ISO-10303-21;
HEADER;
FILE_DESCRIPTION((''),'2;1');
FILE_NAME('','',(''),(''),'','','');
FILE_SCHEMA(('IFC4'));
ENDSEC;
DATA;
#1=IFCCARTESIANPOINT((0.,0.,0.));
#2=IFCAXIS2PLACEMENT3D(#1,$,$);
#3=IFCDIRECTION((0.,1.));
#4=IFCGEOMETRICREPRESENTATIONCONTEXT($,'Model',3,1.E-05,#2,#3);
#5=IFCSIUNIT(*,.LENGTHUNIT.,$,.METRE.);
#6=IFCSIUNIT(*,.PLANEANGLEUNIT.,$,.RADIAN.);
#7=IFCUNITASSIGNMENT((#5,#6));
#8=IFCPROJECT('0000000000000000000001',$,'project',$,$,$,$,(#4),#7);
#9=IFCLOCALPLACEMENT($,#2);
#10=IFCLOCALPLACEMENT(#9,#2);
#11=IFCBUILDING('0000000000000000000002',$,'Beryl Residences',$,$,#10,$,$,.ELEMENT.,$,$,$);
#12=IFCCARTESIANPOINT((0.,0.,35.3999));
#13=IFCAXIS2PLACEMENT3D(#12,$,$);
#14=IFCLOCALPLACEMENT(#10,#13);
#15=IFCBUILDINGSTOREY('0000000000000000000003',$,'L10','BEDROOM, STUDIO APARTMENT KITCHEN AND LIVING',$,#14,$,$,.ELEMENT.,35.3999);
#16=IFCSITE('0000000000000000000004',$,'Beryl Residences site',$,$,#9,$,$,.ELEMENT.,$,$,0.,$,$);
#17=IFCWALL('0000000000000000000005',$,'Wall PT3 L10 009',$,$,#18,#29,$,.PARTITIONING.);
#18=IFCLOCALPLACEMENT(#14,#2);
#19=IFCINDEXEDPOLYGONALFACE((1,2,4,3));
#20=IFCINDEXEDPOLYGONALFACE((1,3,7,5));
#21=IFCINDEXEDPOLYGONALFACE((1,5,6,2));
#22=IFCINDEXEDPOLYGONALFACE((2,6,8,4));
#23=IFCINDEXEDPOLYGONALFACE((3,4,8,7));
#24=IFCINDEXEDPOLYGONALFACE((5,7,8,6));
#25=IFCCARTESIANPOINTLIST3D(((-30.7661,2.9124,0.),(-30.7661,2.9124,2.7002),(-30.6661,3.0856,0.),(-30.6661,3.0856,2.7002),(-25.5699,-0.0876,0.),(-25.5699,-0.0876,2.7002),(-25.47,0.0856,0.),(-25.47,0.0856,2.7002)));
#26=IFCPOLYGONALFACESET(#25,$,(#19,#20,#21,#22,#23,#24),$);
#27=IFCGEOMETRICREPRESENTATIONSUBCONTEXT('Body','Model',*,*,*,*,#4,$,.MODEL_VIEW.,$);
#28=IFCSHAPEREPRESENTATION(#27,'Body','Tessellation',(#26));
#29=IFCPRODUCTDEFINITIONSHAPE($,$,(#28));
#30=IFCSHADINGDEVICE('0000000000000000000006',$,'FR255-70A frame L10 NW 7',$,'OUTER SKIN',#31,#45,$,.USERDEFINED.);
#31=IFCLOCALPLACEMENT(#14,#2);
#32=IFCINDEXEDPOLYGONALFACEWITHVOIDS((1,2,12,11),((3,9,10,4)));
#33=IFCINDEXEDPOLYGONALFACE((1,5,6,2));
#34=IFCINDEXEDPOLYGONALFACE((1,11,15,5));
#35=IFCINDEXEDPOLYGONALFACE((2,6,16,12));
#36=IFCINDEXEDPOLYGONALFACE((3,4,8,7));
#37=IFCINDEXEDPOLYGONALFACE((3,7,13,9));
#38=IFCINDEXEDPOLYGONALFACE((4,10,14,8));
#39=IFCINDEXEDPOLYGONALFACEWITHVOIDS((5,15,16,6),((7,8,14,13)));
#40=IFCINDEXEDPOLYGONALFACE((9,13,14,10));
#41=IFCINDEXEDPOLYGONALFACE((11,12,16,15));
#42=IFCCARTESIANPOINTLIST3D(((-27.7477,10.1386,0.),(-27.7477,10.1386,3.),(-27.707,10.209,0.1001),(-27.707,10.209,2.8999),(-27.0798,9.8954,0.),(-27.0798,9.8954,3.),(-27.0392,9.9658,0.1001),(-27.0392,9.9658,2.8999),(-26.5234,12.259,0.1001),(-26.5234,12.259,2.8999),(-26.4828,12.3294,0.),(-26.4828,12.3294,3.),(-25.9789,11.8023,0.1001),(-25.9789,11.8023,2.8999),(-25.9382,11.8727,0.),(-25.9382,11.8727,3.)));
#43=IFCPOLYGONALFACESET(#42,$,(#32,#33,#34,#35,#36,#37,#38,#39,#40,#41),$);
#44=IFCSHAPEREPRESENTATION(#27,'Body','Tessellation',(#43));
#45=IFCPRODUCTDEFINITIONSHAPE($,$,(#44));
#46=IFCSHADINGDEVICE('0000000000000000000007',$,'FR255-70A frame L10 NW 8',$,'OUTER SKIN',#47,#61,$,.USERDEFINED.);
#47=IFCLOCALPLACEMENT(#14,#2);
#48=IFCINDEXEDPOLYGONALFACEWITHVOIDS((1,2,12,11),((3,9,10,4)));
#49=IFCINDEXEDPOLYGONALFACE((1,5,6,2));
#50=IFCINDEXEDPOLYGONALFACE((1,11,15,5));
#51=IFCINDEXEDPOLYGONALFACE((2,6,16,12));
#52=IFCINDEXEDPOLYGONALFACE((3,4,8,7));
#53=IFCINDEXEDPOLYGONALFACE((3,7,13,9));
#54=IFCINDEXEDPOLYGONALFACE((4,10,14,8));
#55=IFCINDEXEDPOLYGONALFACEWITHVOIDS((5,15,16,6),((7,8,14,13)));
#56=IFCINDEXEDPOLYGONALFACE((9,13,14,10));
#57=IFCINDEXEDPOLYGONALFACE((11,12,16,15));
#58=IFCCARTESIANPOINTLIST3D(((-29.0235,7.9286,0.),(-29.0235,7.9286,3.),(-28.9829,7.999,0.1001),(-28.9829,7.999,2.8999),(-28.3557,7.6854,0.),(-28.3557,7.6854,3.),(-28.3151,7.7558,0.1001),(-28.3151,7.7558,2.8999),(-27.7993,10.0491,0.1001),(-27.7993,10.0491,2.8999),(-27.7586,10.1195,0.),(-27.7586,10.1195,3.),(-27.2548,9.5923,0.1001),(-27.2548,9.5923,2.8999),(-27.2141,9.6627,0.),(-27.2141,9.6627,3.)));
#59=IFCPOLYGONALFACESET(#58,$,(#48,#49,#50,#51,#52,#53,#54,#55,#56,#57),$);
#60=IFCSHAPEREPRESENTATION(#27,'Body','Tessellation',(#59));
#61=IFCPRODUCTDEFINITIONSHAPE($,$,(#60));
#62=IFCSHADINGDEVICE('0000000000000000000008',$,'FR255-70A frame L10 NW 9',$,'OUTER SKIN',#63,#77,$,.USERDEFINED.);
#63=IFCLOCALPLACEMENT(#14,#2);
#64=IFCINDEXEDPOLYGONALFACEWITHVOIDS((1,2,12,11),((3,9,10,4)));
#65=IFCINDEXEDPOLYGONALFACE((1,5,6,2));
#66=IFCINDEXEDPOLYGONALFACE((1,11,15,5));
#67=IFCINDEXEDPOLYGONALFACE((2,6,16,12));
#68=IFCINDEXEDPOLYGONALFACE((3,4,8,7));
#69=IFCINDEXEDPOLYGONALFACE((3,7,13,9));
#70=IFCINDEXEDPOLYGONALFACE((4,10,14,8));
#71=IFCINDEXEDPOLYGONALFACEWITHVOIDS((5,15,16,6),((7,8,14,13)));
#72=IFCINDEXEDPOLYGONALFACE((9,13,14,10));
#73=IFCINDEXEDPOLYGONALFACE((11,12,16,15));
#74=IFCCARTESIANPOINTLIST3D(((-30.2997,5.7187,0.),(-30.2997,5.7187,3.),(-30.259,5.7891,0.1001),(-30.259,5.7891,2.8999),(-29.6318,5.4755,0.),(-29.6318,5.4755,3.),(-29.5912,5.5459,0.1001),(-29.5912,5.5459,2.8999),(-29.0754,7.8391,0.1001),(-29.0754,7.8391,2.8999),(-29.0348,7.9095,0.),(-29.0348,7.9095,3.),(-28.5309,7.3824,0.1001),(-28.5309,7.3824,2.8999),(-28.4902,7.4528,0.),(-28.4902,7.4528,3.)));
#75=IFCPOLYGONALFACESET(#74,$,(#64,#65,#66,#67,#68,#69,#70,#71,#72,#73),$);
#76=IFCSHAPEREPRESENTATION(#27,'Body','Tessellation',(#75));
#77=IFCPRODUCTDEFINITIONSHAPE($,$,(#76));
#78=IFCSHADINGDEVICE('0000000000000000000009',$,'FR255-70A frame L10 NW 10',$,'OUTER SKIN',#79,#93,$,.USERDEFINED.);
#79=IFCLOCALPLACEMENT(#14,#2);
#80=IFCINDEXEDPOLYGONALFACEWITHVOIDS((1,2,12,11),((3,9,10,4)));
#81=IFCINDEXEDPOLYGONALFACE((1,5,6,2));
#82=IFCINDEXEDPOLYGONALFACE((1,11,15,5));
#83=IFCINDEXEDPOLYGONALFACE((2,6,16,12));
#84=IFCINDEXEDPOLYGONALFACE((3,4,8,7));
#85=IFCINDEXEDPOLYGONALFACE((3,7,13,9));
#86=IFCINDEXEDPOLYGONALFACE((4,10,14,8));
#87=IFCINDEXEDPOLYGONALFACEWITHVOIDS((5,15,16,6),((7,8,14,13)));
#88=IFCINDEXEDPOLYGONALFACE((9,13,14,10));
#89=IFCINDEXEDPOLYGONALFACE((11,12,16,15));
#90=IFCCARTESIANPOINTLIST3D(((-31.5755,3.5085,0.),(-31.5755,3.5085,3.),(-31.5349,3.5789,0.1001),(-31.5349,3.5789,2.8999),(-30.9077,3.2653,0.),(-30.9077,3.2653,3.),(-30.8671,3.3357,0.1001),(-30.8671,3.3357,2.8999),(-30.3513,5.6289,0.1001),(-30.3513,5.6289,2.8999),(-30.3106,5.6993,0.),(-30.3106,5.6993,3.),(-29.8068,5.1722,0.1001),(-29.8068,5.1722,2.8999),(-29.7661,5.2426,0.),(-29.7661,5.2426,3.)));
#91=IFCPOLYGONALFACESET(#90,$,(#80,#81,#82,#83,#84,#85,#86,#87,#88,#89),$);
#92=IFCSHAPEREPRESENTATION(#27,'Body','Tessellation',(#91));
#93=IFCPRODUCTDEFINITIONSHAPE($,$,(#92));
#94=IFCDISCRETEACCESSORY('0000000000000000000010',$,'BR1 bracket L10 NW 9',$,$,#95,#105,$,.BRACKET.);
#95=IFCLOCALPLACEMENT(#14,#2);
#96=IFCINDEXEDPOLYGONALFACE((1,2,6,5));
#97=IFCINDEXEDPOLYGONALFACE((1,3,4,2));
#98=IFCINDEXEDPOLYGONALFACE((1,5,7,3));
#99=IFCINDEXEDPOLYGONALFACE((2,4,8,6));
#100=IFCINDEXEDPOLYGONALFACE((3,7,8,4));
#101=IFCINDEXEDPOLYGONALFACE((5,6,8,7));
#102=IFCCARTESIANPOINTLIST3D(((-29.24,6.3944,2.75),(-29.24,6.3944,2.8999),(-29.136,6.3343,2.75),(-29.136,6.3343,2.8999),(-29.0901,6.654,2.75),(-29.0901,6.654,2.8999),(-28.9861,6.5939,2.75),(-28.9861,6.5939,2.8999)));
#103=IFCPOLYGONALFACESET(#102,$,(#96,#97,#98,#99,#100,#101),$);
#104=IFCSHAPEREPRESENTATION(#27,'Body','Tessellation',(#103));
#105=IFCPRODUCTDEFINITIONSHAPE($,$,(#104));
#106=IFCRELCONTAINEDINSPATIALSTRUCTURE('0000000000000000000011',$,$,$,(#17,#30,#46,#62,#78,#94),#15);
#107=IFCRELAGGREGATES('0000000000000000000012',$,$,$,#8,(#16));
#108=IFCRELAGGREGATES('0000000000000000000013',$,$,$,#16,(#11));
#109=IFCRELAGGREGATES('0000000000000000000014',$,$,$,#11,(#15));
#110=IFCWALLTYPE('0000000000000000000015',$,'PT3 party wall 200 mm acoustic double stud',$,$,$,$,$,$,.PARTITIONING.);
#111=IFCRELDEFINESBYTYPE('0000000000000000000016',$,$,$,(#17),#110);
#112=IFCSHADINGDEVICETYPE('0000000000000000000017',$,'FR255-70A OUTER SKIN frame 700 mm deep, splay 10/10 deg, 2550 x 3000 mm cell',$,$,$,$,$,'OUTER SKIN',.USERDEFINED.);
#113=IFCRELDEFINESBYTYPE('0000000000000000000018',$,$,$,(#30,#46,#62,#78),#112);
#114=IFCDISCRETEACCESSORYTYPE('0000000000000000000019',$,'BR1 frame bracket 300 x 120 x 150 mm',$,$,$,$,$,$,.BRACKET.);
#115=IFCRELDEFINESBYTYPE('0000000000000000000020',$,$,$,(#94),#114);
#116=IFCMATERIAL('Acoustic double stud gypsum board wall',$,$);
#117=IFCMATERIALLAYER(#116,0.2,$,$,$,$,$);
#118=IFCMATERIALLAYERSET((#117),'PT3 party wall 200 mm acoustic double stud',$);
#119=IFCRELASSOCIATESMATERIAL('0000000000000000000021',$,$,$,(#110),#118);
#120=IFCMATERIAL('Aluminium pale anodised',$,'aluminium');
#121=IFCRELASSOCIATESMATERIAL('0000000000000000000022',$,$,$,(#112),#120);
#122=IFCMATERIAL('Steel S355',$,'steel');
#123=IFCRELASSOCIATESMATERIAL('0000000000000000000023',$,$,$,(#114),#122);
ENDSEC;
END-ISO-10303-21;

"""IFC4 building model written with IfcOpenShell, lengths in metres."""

from ifc_helpers import new_model, entity, si_unit, direction, frame, frame_2d, origin, place, context, subcontext, project, spatial, polyline, rectangle, outline, extrude, source, transform, mapped, material, layer, layer_set, type_object, type_shapes, element, save


model = new_model("IFC4")

# Units and contexts
model_context = context("Model", 3, precision=1e-05, world=origin(), true_north=direction((0.0, 1.0)))
body_context = subcontext(model_context, "Body", "Model", "MODEL_VIEW")
ifc_project = project(units=[si_unit("LENGTHUNIT", "METRE"), si_unit("PLANEANGLEUNIT", "RADIAN")], contexts=[model_context])

# Site, building, storey
site_placement = place(None, origin())
site = spatial("IfcSite", under=ifc_project, at=site_placement, Name="Beryl Residences site", CompositionType="ELEMENT", RefElevation=0.0)
building_placement = place(site_placement, origin())
building = spatial("IfcBuilding", under=site, at=building_placement, Name="Beryl Residences", CompositionType="ELEMENT")
storey_placement = place(building_placement, frame((0.0, 0.0, 35.3999)))
storey = spatial("IfcBuildingStorey", under=building, at=storey_placement, Name="L10", Description="BEDROOM, STUDIO APARTMENT KITCHEN AND LIVING", CompositionType="ELEMENT", Elevation=35.3999)

# Wall
ifc_material_1 = material(Name="Acoustic double stud gypsum board wall")
ifc_layer_1 = layer(ifc_material_1, 0.2)
ifc_layer_set_1 = layer_set([ifc_layer_1], Name="PT3 party wall 200 mm acoustic double stud")
wall_type_1 = type_object("IfcWallType", Name="PT3 party wall 200 mm acoustic double stud", PredefinedType="PARTITIONING", material=ifc_layer_set_1)
wall_1_placement = place(storey_placement, frame((-30.7161, 2.999, 0.0), z_axis=(0.0, 0.0, 1.0), x_axis=(0.866021, -0.500008, 0.0)))
element("IfcWall", 1, at=wall_1_placement, inside=storey, type_object=wall_type_1, Name="Wall PT3 L10 009", PredefinedType="PARTITIONING", context=body_context, shape_type="SweptSolid", body=[
    extrude(rectangle(XDim=6.0, YDim=0.2, at=frame_2d((3.0, 0.0))), origin(), (0.0, 0.0, 1.0), 2.7002),
])

# Shading devices
ifc_material_2 = material(Name="Aluminium pale anodised", Category="aluminium")
shading_device_type = type_object("IfcShadingDeviceType", Name="FR255-70A OUTER SKIN frame 700 mm deep, splay 10/10 deg, 2550 x 3000 mm cell", ElementType="OUTER SKIN", PredefinedType="USERDEFINED", material=ifc_material_2)
cartesian_point_1 = entity("IfcCartesianPoint", [-1.1416, 0.0])
cartesian_point_2 = entity("IfcCartesianPoint", [-1.0603, 0.1001])
cartesian_point_3 = entity("IfcCartesianPoint", [-1.2649, 0.0])
cartesian_point_4 = entity("IfcCartesianPoint", [-1.1836, 0.1001])
shared_shape_1 = source(origin(), body_context, "Body", "SweptSolid", [
    entity("IfcExtrudedAreaSolidTapered", entity("IfcArbitraryProfileDefWithVoids", "AREA", None, entity("IfcPolyline", [cartesian_point_1, entity("IfcCartesianPoint", [1.1416, 0.0]), entity("IfcCartesianPoint", [1.1416, 3.0]), entity("IfcCartesianPoint", [-1.1416, 3.0]), cartesian_point_1]), [entity("IfcPolyline", [cartesian_point_2, entity("IfcCartesianPoint", [1.0603, 0.1001]), entity("IfcCartesianPoint", [1.0603, 2.8999]), entity("IfcCartesianPoint", [-1.0603, 2.8999]), cartesian_point_2])]), entity("IfcAxis2Placement3D", entity("IfcCartesianPoint", [0.0, 0.0, 0.0]), entity("IfcDirection", [0.0, 1.0, 0.0]), entity("IfcDirection", [-1.0, 0.0, 0.0])), entity("IfcDirection", [0.0, 0.0, 1.0]), 0.7, entity("IfcArbitraryProfileDefWithVoids", "AREA", None, entity("IfcPolyline", [cartesian_point_3, entity("IfcCartesianPoint", [1.2649, 0.0]), entity("IfcCartesianPoint", [1.2649, 3.0]), entity("IfcCartesianPoint", [-1.2649, 3.0]), cartesian_point_3]), [entity("IfcPolyline", [cartesian_point_4, entity("IfcCartesianPoint", [1.1836, 0.1001]), entity("IfcCartesianPoint", [1.1836, 2.8999]), entity("IfcCartesianPoint", [-1.1836, 2.8999]), cartesian_point_4])])),
])
type_shapes(shading_device_type, [shared_shape_1])
for number, where, z_axis, x_axis, name in (
    (2, (-26.509, 10.884, 0.0), (0.0, 0.0, 1.0), (0.5, 0.866025, 0.0), "FR255-70A frame L10 NW 7"),
    (3, (-27.7849, 8.6741, 0.0), (0.0, 0.0, 1.0), (0.5, 0.866025, 0.0), "FR255-70A frame L10 NW 8"),
    (4, (-29.061, 6.4641, 0.0), (0.0, 0.0, 1.0), (0.5, 0.866025, 0.0), "FR255-70A frame L10 NW 9"),
    (5, (-30.3369, 4.2539, 0.0), (0.0, 0.0, 1.0), (0.5, 0.866025, 0.0), "FR255-70A frame L10 NW 10"),
):
    element("IfcShadingDevice", number, at=place(storey_placement, frame(where, z_axis=z_axis, x_axis=x_axis)), inside=storey, type_object=shading_device_type, Name=name, ObjectType="OUTER SKIN", PredefinedType="USERDEFINED", context=body_context, shape_type="MappedRepresentation", body=[
        mapped(shared_shape_1, transform((0.0, 0.0, 0.0))),
    ])

# Discrete accessory
ifc_material_3 = material(Name="Steel S355", Category="steel")
discrete_accessory_type = type_object("IfcDiscreteAccessoryType", Name="BR1 frame bracket 300 x 120 x 150 mm", PredefinedType="BRACKET", material=ifc_material_3)
shared_shape_2 = source(origin(), body_context, "Body", "SweptSolid", [
    extrude(outline(polyline([(-0.1499, 0.0), (0.1499, 0.0), (0.1499, 0.1201), (-0.1499, 0.1201), (-0.1499, 0.0)])), origin(), (0.0, 0.0, 1.0), 0.1499),
])
type_shapes(discrete_accessory_type, [shared_shape_2])
discrete_accessory_placement = place(storey_placement, frame((-29.061, 6.4641, 2.75), z_axis=(0.0, 0.0, 1.0), x_axis=(0.5, 0.866025, 0.0)))
element("IfcDiscreteAccessory", 6, at=discrete_accessory_placement, inside=storey, type_object=discrete_accessory_type, Name="BR1 bracket L10 NW 9", PredefinedType="BRACKET", context=body_context, shape_type="MappedRepresentation", body=[
    mapped(shared_shape_2, transform((0.0, 0.0, 0.0))),
])

save(model, "model.ifc")
